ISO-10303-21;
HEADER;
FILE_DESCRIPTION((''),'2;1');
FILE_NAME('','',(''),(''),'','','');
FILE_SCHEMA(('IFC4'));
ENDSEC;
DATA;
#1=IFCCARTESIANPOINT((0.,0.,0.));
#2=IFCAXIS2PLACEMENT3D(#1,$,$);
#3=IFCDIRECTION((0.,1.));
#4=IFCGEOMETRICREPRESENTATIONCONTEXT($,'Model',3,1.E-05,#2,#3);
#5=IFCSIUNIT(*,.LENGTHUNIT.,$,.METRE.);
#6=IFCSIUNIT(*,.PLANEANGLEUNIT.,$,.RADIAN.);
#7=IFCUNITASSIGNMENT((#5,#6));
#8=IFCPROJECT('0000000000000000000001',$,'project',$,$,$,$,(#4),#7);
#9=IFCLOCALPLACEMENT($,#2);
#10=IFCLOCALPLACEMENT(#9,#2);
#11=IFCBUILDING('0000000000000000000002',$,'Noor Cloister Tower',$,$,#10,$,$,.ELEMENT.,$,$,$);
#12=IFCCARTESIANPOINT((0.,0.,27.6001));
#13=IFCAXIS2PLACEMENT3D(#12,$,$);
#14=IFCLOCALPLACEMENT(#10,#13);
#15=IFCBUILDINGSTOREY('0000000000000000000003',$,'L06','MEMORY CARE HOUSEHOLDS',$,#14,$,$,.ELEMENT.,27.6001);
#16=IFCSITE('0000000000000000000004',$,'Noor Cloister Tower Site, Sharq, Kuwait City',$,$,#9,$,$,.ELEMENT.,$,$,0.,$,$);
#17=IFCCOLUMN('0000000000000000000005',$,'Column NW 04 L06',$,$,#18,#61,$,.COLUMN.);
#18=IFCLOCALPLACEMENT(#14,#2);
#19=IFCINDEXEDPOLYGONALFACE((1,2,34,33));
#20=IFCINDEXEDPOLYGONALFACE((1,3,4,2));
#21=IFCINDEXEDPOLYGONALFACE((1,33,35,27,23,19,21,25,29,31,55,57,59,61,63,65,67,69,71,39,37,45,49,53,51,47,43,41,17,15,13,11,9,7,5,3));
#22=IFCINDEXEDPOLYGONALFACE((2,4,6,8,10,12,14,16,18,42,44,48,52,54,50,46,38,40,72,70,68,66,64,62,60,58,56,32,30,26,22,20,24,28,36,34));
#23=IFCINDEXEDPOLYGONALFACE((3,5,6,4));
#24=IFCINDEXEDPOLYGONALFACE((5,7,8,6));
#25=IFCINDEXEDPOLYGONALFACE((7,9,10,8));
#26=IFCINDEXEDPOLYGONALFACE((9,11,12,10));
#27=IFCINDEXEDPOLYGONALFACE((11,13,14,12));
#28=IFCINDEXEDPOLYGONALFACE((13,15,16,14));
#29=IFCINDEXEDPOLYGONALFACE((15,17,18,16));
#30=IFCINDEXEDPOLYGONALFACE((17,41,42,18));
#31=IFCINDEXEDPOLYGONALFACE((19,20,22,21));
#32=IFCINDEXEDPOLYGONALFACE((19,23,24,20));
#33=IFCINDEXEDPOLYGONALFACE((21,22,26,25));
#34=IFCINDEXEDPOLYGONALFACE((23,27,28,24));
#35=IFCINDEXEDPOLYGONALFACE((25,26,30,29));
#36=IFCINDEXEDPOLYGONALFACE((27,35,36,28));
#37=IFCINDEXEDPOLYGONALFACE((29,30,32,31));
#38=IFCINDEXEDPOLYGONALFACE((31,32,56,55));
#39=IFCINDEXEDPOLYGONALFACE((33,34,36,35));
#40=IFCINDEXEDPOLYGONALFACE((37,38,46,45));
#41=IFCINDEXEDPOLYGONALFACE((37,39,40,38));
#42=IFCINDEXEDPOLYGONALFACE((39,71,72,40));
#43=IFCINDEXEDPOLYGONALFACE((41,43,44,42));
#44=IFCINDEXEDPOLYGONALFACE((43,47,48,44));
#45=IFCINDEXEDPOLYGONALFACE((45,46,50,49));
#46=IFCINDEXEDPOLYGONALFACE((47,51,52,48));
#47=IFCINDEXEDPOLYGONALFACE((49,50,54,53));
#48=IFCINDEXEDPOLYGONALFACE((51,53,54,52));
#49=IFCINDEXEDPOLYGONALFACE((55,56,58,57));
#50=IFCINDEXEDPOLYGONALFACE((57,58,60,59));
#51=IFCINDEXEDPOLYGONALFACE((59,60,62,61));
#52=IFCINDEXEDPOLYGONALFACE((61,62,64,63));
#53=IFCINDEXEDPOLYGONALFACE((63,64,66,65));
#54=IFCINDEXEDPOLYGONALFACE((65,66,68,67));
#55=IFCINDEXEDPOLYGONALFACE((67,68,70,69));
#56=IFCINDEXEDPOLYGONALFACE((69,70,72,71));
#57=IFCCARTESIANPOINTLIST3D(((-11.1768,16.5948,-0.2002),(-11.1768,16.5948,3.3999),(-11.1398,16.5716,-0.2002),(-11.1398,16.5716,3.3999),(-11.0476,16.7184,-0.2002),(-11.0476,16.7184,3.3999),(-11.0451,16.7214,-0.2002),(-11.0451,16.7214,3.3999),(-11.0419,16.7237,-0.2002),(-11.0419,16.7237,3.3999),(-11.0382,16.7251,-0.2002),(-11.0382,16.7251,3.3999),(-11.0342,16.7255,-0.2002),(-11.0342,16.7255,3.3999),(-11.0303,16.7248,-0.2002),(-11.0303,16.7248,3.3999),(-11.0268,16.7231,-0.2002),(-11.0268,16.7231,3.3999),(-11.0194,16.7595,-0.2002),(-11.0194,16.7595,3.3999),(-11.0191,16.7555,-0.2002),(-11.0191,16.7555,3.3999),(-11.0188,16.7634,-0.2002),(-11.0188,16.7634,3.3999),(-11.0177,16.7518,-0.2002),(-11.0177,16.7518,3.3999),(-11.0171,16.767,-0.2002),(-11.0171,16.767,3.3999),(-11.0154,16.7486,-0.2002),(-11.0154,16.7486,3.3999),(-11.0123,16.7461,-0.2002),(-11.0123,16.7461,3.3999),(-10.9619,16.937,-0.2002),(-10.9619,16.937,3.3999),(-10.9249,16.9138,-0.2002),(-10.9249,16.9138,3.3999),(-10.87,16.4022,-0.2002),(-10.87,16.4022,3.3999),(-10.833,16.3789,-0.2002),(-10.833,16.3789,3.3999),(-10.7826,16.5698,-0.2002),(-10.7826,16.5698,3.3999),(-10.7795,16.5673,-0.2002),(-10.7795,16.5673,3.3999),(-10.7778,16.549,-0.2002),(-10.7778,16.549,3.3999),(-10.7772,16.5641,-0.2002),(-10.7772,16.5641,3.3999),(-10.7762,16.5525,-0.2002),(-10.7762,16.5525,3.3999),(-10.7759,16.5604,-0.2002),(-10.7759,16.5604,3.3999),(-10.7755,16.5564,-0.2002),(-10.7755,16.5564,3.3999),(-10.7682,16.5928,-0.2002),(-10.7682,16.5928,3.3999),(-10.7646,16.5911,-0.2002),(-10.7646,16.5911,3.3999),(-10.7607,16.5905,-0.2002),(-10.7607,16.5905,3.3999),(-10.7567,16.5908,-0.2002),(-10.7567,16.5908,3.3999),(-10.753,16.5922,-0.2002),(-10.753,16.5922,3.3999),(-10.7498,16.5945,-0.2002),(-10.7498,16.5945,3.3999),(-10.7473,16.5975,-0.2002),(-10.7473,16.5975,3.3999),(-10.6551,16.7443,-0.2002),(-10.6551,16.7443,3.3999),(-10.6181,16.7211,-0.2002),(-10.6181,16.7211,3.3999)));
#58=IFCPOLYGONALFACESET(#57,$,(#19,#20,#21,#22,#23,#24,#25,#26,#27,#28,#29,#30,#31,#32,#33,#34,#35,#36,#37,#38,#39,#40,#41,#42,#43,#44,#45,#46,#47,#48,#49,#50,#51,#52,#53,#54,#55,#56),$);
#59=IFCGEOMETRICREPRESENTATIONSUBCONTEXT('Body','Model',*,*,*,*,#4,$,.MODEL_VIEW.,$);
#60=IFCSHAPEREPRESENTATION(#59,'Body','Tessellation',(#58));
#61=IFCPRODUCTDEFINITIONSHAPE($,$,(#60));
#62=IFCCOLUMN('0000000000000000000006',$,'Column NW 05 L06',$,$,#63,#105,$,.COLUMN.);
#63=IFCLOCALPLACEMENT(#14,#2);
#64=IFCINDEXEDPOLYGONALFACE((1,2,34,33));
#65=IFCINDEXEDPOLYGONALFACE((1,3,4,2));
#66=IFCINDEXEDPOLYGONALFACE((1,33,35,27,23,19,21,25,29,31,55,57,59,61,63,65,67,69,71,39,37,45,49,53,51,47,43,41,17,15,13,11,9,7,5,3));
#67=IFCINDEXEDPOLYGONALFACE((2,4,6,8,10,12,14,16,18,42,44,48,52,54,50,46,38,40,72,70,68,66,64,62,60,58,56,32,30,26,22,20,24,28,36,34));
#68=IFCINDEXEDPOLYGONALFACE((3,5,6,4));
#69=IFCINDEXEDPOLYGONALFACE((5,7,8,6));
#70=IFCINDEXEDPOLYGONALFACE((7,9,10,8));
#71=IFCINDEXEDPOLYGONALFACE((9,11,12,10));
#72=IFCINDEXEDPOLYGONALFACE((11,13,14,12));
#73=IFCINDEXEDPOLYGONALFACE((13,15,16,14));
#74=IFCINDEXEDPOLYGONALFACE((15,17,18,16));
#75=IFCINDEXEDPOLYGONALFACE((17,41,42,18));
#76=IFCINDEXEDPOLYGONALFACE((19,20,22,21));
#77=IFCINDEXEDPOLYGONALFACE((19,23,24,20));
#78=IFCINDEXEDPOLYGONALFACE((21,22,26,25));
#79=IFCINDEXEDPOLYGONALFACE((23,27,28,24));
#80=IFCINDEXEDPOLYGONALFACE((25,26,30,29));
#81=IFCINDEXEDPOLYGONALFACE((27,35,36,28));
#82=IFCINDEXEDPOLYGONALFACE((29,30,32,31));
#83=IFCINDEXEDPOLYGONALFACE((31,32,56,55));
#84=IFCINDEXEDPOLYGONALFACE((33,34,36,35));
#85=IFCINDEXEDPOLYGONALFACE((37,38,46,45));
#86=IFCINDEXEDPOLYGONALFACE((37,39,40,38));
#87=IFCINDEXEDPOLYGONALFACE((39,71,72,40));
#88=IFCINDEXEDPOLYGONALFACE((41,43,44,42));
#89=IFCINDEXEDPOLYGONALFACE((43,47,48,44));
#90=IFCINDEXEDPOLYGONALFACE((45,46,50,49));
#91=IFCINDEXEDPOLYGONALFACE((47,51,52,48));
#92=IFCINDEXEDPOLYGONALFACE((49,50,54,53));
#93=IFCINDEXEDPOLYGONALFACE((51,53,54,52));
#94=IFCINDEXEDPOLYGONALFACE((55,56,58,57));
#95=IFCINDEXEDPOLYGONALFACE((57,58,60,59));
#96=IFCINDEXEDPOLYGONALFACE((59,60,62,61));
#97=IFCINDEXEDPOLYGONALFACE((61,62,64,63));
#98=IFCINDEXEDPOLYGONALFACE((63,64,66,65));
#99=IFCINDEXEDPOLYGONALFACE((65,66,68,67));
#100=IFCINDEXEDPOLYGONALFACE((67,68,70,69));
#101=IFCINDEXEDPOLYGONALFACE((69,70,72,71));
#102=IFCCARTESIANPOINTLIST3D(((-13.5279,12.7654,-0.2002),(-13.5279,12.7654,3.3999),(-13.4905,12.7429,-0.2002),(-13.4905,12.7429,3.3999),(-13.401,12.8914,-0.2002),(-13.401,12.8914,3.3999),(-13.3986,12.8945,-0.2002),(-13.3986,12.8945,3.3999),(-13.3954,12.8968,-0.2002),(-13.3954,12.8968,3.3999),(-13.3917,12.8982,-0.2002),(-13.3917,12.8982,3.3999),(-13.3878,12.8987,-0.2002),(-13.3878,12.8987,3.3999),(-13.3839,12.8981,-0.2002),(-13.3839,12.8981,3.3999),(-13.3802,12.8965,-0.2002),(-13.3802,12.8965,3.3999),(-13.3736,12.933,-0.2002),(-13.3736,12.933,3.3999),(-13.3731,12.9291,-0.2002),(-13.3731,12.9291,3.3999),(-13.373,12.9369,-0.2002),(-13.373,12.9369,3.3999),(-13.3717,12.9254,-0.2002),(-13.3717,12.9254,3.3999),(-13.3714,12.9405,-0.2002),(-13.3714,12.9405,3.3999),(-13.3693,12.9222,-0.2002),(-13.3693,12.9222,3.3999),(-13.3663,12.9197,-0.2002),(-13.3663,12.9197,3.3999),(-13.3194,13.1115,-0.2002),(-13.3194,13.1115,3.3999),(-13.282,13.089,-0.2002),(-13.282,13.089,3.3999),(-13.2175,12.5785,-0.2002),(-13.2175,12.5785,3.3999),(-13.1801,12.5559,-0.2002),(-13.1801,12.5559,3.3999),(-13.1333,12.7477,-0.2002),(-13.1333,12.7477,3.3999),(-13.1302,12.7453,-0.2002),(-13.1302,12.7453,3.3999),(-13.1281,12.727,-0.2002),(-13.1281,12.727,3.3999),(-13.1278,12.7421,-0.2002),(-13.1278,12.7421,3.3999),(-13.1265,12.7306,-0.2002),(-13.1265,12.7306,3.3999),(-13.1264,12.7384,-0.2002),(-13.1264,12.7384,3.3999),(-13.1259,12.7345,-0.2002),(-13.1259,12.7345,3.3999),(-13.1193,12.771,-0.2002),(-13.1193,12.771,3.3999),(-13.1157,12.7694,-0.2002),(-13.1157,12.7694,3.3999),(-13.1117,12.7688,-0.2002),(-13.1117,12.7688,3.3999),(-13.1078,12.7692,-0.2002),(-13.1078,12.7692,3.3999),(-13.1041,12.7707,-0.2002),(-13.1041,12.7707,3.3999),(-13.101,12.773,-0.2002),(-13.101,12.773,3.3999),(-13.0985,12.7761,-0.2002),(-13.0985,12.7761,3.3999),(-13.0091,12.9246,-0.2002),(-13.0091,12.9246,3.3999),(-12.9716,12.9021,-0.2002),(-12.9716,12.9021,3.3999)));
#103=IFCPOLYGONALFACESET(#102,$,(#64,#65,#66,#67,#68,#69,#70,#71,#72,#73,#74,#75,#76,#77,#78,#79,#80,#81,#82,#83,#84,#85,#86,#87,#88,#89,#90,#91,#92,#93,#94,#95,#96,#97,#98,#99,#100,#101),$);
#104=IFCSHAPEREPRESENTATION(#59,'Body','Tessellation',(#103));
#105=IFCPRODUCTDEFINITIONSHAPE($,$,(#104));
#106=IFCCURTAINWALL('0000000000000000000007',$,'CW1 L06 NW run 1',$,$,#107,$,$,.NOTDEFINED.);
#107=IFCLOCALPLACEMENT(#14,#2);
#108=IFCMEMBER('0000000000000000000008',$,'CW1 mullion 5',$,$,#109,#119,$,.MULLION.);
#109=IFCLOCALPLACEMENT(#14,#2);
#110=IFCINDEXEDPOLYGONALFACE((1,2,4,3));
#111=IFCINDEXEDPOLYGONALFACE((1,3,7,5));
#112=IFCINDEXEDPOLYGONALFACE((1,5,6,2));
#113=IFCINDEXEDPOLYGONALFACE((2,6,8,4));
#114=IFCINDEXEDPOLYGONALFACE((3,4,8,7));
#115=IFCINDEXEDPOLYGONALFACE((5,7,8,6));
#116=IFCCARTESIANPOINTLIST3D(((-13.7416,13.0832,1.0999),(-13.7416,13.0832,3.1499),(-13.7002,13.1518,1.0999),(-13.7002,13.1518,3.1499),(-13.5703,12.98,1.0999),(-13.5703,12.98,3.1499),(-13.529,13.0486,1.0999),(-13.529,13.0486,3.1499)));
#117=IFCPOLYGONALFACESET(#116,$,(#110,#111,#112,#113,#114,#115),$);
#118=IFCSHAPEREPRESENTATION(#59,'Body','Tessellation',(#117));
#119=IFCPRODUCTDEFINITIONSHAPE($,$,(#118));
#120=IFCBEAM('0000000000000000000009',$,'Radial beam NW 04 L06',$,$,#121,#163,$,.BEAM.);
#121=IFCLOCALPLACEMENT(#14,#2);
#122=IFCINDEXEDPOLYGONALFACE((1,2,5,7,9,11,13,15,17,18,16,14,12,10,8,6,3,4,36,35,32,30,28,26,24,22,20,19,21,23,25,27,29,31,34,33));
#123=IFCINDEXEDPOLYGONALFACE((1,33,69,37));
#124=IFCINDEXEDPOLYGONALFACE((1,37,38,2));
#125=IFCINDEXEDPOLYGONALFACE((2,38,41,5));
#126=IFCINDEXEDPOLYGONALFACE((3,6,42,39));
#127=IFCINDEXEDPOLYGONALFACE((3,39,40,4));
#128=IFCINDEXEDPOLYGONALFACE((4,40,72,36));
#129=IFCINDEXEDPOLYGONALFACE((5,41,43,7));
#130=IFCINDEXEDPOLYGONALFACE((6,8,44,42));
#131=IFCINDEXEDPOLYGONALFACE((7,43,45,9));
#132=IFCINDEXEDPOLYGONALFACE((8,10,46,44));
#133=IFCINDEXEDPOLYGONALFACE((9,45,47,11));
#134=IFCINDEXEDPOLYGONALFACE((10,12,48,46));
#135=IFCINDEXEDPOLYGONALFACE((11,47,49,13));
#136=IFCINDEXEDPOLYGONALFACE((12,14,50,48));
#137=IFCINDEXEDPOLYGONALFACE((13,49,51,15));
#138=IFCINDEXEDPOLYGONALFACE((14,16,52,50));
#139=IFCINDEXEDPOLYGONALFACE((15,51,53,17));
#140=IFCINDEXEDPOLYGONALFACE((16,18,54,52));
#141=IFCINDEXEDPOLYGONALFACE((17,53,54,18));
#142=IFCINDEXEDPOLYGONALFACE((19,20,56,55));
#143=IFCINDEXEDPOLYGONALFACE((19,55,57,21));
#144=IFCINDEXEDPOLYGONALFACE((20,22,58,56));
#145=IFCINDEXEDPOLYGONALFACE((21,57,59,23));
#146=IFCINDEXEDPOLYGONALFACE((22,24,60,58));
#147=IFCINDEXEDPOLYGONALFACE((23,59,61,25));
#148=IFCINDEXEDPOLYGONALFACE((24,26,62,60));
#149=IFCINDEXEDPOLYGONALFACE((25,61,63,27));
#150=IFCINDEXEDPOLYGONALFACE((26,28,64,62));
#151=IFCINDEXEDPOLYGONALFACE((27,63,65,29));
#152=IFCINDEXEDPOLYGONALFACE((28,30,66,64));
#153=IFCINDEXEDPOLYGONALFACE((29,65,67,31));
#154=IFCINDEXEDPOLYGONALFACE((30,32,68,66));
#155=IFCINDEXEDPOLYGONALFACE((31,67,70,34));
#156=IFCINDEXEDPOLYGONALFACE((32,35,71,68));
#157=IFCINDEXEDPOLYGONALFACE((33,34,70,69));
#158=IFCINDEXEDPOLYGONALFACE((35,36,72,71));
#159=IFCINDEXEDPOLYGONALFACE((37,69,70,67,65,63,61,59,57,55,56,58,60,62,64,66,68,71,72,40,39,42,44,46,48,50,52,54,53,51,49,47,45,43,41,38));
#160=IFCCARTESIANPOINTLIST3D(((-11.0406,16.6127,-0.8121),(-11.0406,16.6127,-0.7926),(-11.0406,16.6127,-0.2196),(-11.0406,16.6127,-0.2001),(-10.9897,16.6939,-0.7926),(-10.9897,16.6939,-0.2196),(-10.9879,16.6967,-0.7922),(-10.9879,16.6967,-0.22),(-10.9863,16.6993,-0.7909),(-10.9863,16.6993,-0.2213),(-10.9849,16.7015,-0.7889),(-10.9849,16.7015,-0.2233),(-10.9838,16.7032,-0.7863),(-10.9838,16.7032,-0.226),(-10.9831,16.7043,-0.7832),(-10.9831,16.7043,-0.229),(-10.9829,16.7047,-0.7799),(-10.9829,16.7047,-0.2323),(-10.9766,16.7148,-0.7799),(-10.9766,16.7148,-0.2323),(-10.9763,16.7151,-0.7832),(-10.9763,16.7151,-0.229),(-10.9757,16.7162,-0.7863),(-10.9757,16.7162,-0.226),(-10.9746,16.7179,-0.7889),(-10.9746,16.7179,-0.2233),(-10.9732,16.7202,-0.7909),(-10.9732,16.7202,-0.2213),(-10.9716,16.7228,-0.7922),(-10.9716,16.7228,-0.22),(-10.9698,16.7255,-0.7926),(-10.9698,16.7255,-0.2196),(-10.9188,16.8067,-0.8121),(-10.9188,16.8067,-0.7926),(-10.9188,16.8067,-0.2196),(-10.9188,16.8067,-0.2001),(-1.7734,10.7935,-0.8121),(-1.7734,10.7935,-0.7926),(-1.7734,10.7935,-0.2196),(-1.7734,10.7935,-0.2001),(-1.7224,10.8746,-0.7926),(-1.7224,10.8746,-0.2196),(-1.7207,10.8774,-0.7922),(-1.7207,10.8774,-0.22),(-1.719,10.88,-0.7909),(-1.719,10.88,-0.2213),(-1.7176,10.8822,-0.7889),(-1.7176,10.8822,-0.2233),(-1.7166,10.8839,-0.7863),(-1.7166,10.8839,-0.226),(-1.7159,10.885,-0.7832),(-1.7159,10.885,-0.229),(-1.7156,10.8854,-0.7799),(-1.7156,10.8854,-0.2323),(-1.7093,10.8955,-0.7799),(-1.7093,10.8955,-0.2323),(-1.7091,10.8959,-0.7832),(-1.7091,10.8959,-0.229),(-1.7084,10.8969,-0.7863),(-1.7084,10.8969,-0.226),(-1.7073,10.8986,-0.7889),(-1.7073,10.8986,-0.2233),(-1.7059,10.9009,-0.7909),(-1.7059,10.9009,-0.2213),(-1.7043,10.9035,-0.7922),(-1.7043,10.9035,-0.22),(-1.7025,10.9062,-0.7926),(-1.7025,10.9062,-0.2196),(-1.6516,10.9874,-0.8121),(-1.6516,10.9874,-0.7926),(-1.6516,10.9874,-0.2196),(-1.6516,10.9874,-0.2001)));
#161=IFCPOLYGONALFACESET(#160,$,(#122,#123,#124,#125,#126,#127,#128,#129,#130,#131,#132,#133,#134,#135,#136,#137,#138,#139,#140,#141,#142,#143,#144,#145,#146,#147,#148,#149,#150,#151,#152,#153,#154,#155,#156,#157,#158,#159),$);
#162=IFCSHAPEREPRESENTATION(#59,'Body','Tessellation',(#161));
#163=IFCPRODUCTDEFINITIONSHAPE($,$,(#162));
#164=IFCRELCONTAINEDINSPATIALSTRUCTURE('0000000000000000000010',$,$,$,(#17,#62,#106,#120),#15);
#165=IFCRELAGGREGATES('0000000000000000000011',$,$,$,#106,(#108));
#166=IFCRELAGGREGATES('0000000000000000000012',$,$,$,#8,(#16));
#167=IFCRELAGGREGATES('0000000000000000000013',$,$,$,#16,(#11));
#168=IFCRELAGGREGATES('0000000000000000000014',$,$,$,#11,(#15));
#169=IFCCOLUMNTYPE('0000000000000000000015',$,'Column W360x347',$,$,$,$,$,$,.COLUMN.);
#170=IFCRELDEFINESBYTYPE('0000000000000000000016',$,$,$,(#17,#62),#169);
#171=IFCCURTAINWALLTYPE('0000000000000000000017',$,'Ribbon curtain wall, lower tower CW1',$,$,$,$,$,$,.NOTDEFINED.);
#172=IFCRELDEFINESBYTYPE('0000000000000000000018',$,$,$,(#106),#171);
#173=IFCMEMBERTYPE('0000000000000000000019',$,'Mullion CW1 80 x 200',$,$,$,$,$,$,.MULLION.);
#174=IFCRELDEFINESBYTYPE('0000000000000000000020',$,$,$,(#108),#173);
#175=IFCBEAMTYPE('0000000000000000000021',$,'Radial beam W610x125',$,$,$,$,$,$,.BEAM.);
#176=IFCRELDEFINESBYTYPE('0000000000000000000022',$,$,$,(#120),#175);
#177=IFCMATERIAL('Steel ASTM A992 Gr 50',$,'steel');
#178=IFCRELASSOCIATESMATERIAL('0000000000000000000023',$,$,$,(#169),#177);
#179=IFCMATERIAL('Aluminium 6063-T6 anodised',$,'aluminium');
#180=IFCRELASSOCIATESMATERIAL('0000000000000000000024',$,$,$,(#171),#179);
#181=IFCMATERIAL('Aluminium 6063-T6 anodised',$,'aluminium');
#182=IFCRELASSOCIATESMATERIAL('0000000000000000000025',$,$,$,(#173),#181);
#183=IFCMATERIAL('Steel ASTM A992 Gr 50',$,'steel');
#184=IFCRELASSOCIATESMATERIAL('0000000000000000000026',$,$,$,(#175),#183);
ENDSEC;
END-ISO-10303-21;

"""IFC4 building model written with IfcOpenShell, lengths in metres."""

from ifc_helpers import new_model, si_unit, direction, frame, origin, origin_2d, place, context, subcontext, project, spatial, rectangle, i_section, extrude, material, material_profile, profile_set, type_object, element, aggregate, save


model = new_model("IFC4")

# Units and contexts
model_context = context("Model", 3, precision=1e-05, world=origin(), true_north=direction((0.0, 1.0)))
body_context = subcontext(model_context, "Body", "Model", "MODEL_VIEW")
ifc_project = project(units=[si_unit("LENGTHUNIT", "METRE"), si_unit("PLANEANGLEUNIT", "RADIAN")], contexts=[model_context])

# Site, building, storey
site_placement = place(None, origin())
site = spatial("IfcSite", under=ifc_project, at=site_placement, Name="Noor Cloister Tower Site, Sharq, Kuwait City", CompositionType="ELEMENT", RefElevation=0.0)
building_placement = place(site_placement, origin())
building = spatial("IfcBuilding", under=site, at=building_placement, Name="Noor Cloister Tower", CompositionType="ELEMENT")
storey_placement = place(building_placement, frame((0.0, 0.0, 27.6001)))
storey = spatial("IfcBuildingStorey", under=building, at=storey_placement, Name="L06", Description="MEMORY CARE HOUSEHOLDS", CompositionType="ELEMENT", Elevation=27.6001)

# Columns
ifc_material_1 = material(Name="Steel ASTM A992 Gr 50", Category="steel")
ifc_material_profile_1 = material_profile(ifc_material_1, i_section(OverallWidth=0.4041, OverallDepth=0.406, WebThickness=0.0271, FlangeThickness=0.0437, FilletRadius=0.0151, at=origin_2d()), Name="W360x347")
ifc_profile_set_1 = profile_set([ifc_material_profile_1], Name="Steel ASTM A992 Gr 50")
column_type = type_object("IfcColumnType", Name="Column W360x347", PredefinedType="COLUMN", material=ifc_profile_set_1)
for number, where, z_axis, x_axis, name in (
    (1, (-10.8975, 16.658, -0.2002), (0.0, 0.0, 1.0), (-0.531785, -0.84688, 0.0), "Column NW 04 L06"),
    (2, (-13.2498, 12.8337, -0.2002), (0.0, 0.0, 1.0), (-0.515981, -0.8566, 0.0), "Column NW 05 L06"),
):
    element("IfcColumn", number, at=place(storey_placement, frame(where, z_axis=z_axis, x_axis=x_axis)), inside=storey, type_object=column_type, Name=name, PredefinedType="COLUMN", context=body_context, shape_type="SweptSolid", body=[
        extrude(i_section(OverallWidth=0.4041, OverallDepth=0.406, WebThickness=0.0271, FlangeThickness=0.0437, FilletRadius=0.0151, at=origin_2d()), origin(), (0.0, 0.0, 1.0), 3.6001),
    ])

# Curtain wall, member
ifc_material_2 = material(Name="Aluminium 6063-T6 anodised", Category="aluminium")
curtain_wall_type = type_object("IfcCurtainWallType", Name="Ribbon curtain wall, lower tower CW1", PredefinedType="NOTDEFINED", material=ifc_material_2)
curtain_wall_placement = place(storey_placement, origin())
curtain_wall = element("IfcCurtainWall", 3, at=curtain_wall_placement, inside=storey, type_object=curtain_wall_type, Name="CW1 L06 NW run 1", PredefinedType="NOTDEFINED")
ifc_material_3 = material(Name="Aluminium 6063-T6 anodised", Category="aluminium")
ifc_material_profile_2 = material_profile(ifc_material_3, rectangle(XDim=0.2, YDim=0.0801, at=origin_2d()), Name="200 x 80 mullion")
ifc_profile_set_2 = profile_set([ifc_material_profile_2], Name="Aluminium 6063-T6 anodised")
member_type = type_object("IfcMemberType", Name="Mullion CW1 80 x 200", PredefinedType="MULLION", material=ifc_profile_set_2)
member_placement = place(storey_placement, frame((-13.6353, 13.0659, 1.0999), z_axis=(0.0, 0.0, 1.0), x_axis=(0.8566, -0.515981, 0.0)))
member = element("IfcMember", 4, at=member_placement, type_object=member_type, Name="CW1 mullion 5", PredefinedType="MULLION", context=body_context, shape_type="SweptSolid", body=[
    extrude(rectangle(XDim=0.2, YDim=0.0801, at=origin_2d()), origin(), (0.0, 0.0, 1.0), 2.05),
])

# Beam
ifc_material_4 = material(Name="Steel ASTM A992 Gr 50", Category="steel")
ifc_material_profile_3 = material_profile(ifc_material_4, i_section(OverallWidth=0.229, OverallDepth=0.6121, WebThickness=0.012, FlangeThickness=0.0195, FilletRadius=0.0127, at=origin_2d()), Name="W610x125")
ifc_profile_set_3 = profile_set([ifc_material_profile_3], Name="Steel ASTM A992 Gr 50")
beam_type_1 = type_object("IfcBeamType", Name="Radial beam W610x125", PredefinedType="BEAM", material=ifc_profile_set_3)
beam_1_placement = place(storey_placement, frame((-10.9797, 16.7097, -0.5061), z_axis=(0.846877, -0.531789, 0.0), x_axis=(0.531789, 0.846877, 0.0)))
element("IfcBeam", 5, at=beam_1_placement, inside=storey, type_object=beam_type_1, Name="Radial beam NW 04 L06", PredefinedType="BEAM", context=body_context, shape_type="SweptSolid", body=[
    extrude(i_section(OverallWidth=0.229, OverallDepth=0.6121, WebThickness=0.012, FlangeThickness=0.0195, FilletRadius=0.0127, at=origin_2d()), origin(), (0.0, 0.0, 1.0), 10.9429),
])

aggregate(curtain_wall, [member])

save(model, "model.ifc")
